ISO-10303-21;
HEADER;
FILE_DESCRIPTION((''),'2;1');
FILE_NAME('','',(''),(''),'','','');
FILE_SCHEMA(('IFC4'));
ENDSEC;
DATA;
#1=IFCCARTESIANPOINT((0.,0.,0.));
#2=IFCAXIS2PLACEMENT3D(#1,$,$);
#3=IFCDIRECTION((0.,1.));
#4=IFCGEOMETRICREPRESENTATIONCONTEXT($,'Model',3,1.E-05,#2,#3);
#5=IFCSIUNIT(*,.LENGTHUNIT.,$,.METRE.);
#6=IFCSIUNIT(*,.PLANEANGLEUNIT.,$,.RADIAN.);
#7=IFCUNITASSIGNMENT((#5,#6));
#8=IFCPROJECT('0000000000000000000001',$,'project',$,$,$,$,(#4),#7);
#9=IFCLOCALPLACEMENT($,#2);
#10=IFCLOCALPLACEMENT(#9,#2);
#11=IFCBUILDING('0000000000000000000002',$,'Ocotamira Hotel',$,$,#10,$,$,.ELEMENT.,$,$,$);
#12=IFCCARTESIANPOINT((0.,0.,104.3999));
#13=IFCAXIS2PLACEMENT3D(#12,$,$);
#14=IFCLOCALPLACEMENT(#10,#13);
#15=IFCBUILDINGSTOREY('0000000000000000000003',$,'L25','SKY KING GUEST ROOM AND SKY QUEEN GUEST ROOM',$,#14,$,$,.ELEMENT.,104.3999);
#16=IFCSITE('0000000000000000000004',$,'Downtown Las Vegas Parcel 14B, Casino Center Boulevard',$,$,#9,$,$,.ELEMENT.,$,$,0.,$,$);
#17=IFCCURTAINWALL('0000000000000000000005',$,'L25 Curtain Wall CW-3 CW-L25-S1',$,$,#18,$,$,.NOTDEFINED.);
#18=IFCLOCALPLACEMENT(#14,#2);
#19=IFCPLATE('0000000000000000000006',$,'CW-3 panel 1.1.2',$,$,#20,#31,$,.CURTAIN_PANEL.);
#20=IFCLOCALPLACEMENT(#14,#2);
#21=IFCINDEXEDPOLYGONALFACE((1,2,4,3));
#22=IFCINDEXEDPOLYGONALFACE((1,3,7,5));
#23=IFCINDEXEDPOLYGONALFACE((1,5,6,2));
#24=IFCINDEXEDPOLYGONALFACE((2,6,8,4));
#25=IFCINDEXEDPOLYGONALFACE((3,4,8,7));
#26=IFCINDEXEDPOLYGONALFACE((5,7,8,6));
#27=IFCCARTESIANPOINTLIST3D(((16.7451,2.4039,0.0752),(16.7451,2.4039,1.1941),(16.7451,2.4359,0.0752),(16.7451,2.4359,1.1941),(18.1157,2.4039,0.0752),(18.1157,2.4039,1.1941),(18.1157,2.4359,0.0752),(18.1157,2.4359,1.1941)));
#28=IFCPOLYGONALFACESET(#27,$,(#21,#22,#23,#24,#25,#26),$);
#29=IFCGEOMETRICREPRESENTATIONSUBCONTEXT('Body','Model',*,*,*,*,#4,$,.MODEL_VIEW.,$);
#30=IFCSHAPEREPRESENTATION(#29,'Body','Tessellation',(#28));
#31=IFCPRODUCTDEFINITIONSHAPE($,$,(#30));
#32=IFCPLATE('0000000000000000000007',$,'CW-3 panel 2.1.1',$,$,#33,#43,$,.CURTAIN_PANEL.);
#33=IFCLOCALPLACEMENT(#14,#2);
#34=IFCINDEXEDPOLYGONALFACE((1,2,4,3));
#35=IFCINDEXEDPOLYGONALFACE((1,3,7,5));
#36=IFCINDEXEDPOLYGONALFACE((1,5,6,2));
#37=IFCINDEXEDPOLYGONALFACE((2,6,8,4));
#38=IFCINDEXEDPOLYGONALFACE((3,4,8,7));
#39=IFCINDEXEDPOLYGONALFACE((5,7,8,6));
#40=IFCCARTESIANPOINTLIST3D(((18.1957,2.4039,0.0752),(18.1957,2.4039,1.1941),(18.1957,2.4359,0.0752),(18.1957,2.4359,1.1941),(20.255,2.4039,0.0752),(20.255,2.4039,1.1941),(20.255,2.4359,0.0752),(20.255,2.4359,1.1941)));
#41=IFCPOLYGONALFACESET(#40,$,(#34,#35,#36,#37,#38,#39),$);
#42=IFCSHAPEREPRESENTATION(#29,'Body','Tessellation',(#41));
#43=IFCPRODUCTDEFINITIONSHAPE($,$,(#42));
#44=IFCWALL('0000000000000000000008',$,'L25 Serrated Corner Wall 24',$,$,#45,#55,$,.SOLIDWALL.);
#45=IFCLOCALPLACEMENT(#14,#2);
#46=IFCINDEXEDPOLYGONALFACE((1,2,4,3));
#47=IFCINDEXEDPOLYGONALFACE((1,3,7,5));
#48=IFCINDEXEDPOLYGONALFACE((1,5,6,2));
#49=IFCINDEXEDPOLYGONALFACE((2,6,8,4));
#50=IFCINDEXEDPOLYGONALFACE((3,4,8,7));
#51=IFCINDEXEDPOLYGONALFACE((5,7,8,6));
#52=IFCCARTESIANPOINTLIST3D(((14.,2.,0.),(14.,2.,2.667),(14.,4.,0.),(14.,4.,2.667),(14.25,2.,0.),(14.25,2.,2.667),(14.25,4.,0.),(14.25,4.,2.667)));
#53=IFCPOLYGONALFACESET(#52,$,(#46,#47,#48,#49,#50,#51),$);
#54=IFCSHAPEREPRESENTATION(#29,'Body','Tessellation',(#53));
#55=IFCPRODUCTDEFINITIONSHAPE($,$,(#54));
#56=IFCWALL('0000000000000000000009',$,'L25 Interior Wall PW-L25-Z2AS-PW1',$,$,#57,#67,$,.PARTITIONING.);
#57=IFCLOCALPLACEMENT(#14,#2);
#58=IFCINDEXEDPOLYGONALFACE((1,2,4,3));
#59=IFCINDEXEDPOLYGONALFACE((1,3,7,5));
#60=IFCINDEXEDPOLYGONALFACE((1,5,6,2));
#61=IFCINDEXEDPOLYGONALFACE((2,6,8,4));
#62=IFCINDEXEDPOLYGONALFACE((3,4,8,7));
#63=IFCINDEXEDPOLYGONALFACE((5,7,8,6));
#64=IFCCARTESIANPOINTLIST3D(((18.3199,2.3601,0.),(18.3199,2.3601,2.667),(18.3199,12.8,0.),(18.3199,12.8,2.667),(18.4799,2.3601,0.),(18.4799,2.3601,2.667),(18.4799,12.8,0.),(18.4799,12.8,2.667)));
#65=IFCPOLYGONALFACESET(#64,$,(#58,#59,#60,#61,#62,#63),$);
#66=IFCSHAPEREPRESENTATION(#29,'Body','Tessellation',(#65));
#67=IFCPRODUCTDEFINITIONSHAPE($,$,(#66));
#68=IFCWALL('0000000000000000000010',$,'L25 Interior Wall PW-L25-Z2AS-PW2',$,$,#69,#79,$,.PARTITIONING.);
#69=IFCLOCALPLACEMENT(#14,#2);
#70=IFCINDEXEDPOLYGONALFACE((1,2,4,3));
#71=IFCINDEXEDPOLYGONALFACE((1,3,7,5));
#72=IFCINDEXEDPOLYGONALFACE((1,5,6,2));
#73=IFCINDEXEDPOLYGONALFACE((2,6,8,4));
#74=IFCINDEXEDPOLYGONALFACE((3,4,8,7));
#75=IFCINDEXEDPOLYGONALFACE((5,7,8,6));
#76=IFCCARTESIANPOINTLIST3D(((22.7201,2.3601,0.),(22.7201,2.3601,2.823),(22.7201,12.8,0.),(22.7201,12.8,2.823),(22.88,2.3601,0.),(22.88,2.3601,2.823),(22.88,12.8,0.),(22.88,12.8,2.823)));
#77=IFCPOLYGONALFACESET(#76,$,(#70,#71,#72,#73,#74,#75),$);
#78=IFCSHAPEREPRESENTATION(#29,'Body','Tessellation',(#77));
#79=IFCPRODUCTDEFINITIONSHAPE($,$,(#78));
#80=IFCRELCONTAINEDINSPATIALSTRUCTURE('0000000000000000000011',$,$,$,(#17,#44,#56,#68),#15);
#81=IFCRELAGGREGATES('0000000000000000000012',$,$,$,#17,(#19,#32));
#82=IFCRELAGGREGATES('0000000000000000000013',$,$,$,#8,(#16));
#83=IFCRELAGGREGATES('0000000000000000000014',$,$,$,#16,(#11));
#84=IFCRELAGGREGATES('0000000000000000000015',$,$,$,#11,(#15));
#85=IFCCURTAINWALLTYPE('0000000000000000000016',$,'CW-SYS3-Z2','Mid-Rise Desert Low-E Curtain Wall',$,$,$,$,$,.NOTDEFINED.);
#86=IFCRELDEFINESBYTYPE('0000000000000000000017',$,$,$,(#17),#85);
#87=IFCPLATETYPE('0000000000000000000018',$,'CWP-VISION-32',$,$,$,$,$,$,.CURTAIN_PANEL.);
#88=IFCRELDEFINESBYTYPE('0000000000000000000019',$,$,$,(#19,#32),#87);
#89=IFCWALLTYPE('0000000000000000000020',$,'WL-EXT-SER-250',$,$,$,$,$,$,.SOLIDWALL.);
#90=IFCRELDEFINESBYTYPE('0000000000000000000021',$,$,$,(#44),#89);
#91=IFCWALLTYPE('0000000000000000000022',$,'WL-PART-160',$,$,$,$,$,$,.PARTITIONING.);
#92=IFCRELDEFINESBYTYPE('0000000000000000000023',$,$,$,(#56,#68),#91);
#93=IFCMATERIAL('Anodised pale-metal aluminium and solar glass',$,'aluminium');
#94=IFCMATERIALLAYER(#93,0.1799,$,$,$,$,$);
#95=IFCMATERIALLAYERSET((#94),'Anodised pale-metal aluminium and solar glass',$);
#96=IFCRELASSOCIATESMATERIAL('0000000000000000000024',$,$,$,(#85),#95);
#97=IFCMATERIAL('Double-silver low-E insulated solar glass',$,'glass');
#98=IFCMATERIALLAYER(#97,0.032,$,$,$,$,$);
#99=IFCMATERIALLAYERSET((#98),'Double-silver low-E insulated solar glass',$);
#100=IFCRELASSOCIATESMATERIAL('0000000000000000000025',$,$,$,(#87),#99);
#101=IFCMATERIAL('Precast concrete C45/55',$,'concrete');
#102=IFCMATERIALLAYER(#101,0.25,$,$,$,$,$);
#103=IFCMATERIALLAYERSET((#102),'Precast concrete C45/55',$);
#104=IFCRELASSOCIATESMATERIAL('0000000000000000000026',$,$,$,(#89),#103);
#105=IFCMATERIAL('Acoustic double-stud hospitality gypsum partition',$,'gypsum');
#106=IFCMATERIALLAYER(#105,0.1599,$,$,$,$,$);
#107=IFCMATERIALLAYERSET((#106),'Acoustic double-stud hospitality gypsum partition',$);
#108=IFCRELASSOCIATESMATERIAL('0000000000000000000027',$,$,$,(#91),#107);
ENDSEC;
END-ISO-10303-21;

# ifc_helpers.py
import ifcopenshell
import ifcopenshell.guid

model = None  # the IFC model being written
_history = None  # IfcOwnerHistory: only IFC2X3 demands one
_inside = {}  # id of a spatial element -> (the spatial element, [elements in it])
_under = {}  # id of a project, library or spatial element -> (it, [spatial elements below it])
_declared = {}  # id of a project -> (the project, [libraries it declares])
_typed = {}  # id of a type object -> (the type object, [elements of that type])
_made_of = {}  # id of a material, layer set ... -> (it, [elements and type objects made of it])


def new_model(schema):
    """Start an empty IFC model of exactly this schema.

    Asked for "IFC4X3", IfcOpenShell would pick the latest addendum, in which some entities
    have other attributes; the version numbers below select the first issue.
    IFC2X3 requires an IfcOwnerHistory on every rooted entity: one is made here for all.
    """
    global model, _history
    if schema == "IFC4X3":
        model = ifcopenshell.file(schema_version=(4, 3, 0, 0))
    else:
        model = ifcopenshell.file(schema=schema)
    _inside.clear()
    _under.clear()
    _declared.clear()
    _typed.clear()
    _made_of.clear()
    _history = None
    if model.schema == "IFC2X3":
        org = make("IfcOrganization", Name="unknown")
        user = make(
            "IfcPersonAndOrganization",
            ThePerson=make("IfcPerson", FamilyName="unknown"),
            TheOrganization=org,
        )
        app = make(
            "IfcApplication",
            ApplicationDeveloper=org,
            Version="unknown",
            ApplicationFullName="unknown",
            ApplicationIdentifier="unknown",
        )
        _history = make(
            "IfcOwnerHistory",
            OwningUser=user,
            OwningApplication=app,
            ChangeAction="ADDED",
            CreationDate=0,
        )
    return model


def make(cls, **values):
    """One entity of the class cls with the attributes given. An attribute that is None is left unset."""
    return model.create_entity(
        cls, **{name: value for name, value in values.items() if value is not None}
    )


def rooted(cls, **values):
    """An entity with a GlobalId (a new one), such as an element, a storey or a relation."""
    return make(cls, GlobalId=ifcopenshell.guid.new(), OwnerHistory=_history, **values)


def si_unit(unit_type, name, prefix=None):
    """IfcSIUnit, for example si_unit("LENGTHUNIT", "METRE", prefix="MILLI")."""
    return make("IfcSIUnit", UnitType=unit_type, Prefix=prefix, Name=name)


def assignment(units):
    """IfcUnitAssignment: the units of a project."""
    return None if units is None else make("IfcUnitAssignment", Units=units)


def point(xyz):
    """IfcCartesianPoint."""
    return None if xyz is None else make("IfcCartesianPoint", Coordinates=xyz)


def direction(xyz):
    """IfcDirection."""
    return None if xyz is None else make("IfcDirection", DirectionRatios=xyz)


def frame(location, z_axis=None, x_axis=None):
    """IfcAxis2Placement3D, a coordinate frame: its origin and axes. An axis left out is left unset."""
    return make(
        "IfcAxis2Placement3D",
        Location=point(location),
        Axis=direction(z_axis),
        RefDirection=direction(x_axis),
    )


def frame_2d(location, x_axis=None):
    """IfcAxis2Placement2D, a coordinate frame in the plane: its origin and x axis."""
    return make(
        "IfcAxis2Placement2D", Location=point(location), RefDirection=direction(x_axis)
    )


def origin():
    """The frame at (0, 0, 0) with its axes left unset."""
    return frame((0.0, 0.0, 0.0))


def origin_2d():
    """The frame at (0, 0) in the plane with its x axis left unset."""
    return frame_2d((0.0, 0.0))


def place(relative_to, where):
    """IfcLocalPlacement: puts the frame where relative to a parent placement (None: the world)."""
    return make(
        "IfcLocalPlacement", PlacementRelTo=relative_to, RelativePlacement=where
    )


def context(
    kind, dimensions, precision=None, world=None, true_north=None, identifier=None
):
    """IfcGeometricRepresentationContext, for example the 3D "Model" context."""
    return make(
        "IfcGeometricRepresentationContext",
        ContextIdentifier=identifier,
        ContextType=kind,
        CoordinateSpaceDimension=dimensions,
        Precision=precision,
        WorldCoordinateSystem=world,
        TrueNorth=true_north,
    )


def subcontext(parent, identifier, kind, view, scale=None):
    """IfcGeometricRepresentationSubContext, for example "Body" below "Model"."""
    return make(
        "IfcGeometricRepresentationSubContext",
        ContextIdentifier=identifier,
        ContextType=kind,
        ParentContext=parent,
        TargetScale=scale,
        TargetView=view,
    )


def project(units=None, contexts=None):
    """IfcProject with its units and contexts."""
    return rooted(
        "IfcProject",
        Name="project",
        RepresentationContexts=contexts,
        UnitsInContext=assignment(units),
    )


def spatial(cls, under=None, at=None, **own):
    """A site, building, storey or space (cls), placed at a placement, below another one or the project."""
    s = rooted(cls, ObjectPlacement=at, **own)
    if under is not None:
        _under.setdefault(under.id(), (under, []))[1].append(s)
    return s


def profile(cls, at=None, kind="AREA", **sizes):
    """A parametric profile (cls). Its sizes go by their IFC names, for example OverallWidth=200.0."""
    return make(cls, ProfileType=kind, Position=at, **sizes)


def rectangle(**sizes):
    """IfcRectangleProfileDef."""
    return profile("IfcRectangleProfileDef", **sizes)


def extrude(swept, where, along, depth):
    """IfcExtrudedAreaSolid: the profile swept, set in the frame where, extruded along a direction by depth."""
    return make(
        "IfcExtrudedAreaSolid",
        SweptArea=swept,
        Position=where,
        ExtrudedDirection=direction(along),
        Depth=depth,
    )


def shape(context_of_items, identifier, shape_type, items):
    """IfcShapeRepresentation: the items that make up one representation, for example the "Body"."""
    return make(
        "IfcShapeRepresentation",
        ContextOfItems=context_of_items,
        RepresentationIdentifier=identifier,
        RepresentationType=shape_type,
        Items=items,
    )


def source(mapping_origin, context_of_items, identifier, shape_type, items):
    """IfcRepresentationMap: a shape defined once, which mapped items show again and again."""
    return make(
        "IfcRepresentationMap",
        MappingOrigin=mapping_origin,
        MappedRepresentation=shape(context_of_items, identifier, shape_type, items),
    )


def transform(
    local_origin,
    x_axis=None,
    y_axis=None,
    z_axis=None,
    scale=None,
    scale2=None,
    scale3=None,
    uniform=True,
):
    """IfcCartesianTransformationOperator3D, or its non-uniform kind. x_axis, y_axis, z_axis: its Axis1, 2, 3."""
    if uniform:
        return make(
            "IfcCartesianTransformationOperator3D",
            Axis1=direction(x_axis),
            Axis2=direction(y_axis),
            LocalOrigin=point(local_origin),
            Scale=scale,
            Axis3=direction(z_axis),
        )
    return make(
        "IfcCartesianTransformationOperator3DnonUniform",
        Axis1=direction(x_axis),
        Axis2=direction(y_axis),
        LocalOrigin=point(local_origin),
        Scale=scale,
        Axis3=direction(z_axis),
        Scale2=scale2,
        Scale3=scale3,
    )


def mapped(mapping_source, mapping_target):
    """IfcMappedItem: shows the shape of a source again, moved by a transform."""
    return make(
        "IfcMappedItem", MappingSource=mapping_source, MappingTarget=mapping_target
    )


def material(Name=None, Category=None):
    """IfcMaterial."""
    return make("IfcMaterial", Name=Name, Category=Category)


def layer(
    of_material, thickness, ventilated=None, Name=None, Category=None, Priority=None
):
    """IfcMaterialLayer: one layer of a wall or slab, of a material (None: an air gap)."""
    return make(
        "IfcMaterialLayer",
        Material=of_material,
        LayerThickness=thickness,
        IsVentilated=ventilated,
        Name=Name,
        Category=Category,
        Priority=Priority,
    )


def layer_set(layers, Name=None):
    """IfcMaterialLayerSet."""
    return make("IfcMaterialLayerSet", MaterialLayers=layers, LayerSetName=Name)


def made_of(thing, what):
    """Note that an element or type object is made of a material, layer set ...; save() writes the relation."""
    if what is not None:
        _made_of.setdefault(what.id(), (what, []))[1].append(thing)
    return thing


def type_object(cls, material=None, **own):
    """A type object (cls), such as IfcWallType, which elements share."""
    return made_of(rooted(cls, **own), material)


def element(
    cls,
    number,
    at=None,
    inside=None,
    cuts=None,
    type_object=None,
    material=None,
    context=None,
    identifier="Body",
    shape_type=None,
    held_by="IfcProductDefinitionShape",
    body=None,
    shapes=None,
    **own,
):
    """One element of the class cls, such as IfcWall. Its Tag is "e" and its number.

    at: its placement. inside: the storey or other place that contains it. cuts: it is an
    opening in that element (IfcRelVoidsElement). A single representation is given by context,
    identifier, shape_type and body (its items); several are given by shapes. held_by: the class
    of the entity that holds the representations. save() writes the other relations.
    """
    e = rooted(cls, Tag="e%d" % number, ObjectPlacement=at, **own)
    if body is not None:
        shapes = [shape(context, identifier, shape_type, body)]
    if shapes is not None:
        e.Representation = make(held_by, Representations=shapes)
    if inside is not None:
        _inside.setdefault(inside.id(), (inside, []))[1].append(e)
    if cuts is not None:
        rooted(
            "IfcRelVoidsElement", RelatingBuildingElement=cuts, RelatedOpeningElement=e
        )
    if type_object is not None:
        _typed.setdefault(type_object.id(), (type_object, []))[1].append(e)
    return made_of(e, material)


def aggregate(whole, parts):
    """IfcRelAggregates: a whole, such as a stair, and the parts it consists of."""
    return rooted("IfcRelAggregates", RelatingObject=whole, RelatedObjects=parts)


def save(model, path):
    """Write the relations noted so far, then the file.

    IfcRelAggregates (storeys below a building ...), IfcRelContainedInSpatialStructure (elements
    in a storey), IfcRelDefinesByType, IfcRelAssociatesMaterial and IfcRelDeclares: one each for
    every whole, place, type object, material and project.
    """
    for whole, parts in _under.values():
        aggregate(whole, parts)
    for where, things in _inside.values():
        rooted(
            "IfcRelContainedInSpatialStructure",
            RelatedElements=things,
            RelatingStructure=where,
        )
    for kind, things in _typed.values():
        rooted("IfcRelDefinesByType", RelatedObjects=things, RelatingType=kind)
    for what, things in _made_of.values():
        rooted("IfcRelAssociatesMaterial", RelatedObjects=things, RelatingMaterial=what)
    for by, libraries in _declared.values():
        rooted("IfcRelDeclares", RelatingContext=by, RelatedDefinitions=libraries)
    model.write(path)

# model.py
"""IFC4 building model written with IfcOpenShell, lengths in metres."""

from ifc_helpers import new_model, si_unit, direction, frame, frame_2d, origin, origin_2d, place, context, subcontext, project, spatial, rectangle, extrude, source, transform, mapped, material, layer, layer_set, type_object, element, aggregate, save


model = new_model("IFC4")

# Units and contexts
model_context = context("Model", 3, precision=1e-05, world=origin(), true_north=direction((0.0, 1.0)))
body_context = subcontext(model_context, "Body", "Model", "MODEL_VIEW")
ifc_project = project(units=[si_unit("LENGTHUNIT", "METRE"), si_unit("PLANEANGLEUNIT", "RADIAN")], contexts=[model_context])

# Site, building, storey
site_placement = place(None, origin())
site = spatial("IfcSite", under=ifc_project, at=site_placement, Name="Downtown Las Vegas Parcel 14B, Casino Center Boulevard", CompositionType="ELEMENT", RefElevation=0.0)
building_placement = place(site_placement, origin())
building = spatial("IfcBuilding", under=site, at=building_placement, Name="Ocotamira Hotel", CompositionType="ELEMENT")
storey_placement = place(building_placement, frame((0.0, 0.0, 104.3999)))
storey = spatial("IfcBuildingStorey", under=building, at=storey_placement, Name="L25", Description="SKY KING GUEST ROOM AND SKY QUEEN GUEST ROOM", CompositionType="ELEMENT", Elevation=104.3999)

# Curtain wall
ifc_material_1 = material(Name="Anodised pale-metal aluminium and solar glass", Category="aluminium")
ifc_layer_1 = layer(ifc_material_1, 0.1799)
ifc_layer_set_1 = layer_set([ifc_layer_1], Name="Anodised pale-metal aluminium and solar glass")
curtain_wall_type = type_object("IfcCurtainWallType", Name="CW-SYS3-Z2", Description="Mid-Rise Desert Low-E Curtain Wall", PredefinedType="NOTDEFINED", material=ifc_layer_set_1)
curtain_wall_placement = place(storey_placement, origin())
curtain_wall = element("IfcCurtainWall", 1, at=curtain_wall_placement, inside=storey, type_object=curtain_wall_type, Name="L25 Curtain Wall CW-3 CW-L25-S1", PredefinedType="NOTDEFINED")

# Plates
ifc_material_2 = material(Name="Double-silver low-E insulated solar glass", Category="glass")
ifc_layer_2 = layer(ifc_material_2, 0.032)
ifc_layer_set_2 = layer_set([ifc_layer_2], Name="Double-silver low-E insulated solar glass")
plate_type_1 = type_object("IfcPlateType", Name="CWP-VISION-32", PredefinedType="CURTAIN_PANEL", material=ifc_layer_set_2)
shared_shape_1 = source(origin(), body_context, "Body", "SweptSolid", [
    extrude(rectangle(XDim=1.3706, YDim=0.032, at=origin_2d()), origin(), (0.0, 0.0, 1.0), 1.1189),
])
plate_1_placement = place(storey_placement, frame((17.4304, 2.4199, 0.0752), z_axis=(0.0, 0.0, 1.0), x_axis=(1.0, 0.0, 0.0)))
plate_1 = element("IfcPlate", 2, at=plate_1_placement, type_object=plate_type_1, Name="CW-3 panel 1.1.2", PredefinedType="CURTAIN_PANEL", context=body_context, shape_type="MappedRepresentation", body=[
    mapped(shared_shape_1, transform((0.0, 0.0, 0.0), scale=1.0)),
])
shared_shape_2 = source(origin(), body_context, "Body", "SweptSolid", [
    extrude(rectangle(XDim=2.0593, YDim=0.032, at=origin_2d()), origin(), (0.0, 0.0, 1.0), 1.1189),
])
plate_2_placement = place(storey_placement, frame((19.2253, 2.4199, 0.0752), z_axis=(0.0, 0.0, 1.0), x_axis=(1.0, 0.0, 0.0)))
plate_2 = element("IfcPlate", 3, at=plate_2_placement, type_object=plate_type_1, Name="CW-3 panel 2.1.1", PredefinedType="CURTAIN_PANEL", context=body_context, shape_type="MappedRepresentation", body=[
    mapped(shared_shape_2, transform((0.0, 0.0, 0.0), scale=1.0)),
])
aggregate(curtain_wall, [plate_1, plate_2])

# Walls
ifc_material_3 = material(Name="Precast concrete C45/55", Category="concrete")
ifc_layer_3 = layer(ifc_material_3, 0.25)
ifc_layer_set_3 = layer_set([ifc_layer_3], Name="Precast concrete C45/55")
wall_type_1 = type_object("IfcWallType", Name="WL-EXT-SER-250", PredefinedType="SOLIDWALL", material=ifc_layer_set_3)
wall_1_placement = place(storey_placement, frame((14.125, 4.0, 0.0), z_axis=(0.0, 0.0, 1.0), x_axis=(0.0, -1.0, 0.0)))
element("IfcWall", 4, at=wall_1_placement, inside=storey, type_object=wall_type_1, Name="L25 Serrated Corner Wall 24", PredefinedType="SOLIDWALL", context=body_context, shape_type="SweptSolid", body=[
    extrude(rectangle(XDim=2.0, YDim=0.25, at=frame_2d((1.0, 0.0))), origin(), (0.0, 0.0, 1.0), 2.667),
])
ifc_material_4 = material(Name="Acoustic double-stud hospitality gypsum partition", Category="gypsum")
ifc_layer_4 = layer(ifc_material_4, 0.1599)
ifc_layer_set_4 = layer_set([ifc_layer_4], Name="Acoustic double-stud hospitality gypsum partition")
wall_type_2 = type_object("IfcWallType", Name="WL-PART-160", PredefinedType="PARTITIONING", material=ifc_layer_set_4)
wall_2_placement = place(storey_placement, frame((18.3999, 2.3601, 0.0), z_axis=(0.0, 0.0, 1.0), x_axis=(0.0, 1.0, 0.0)))
element("IfcWall", 5, at=wall_2_placement, inside=storey, type_object=wall_type_2, Name="L25 Interior Wall PW-L25-Z2AS-PW1", PredefinedType="PARTITIONING", context=body_context, shape_type="SweptSolid", body=[
    extrude(rectangle(XDim=10.4399, YDim=0.1599, at=frame_2d((5.22, 0.0))), origin(), (0.0, 0.0, 1.0), 2.667),
])
wall_3_placement = place(storey_placement, frame((22.8, 2.3601, 0.0), z_axis=(0.0, 0.0, 1.0), x_axis=(0.0, 1.0, 0.0)))
element("IfcWall", 6, at=wall_3_placement, inside=storey, type_object=wall_type_2, Name="L25 Interior Wall PW-L25-Z2AS-PW2", PredefinedType="PARTITIONING", context=body_context, shape_type="SweptSolid", body=[
    extrude(rectangle(XDim=10.4399, YDim=0.1599, at=frame_2d((5.22, 0.0))), origin(), (0.0, 0.0, 1.0), 2.823),
])

save(model, "model.ifc")
